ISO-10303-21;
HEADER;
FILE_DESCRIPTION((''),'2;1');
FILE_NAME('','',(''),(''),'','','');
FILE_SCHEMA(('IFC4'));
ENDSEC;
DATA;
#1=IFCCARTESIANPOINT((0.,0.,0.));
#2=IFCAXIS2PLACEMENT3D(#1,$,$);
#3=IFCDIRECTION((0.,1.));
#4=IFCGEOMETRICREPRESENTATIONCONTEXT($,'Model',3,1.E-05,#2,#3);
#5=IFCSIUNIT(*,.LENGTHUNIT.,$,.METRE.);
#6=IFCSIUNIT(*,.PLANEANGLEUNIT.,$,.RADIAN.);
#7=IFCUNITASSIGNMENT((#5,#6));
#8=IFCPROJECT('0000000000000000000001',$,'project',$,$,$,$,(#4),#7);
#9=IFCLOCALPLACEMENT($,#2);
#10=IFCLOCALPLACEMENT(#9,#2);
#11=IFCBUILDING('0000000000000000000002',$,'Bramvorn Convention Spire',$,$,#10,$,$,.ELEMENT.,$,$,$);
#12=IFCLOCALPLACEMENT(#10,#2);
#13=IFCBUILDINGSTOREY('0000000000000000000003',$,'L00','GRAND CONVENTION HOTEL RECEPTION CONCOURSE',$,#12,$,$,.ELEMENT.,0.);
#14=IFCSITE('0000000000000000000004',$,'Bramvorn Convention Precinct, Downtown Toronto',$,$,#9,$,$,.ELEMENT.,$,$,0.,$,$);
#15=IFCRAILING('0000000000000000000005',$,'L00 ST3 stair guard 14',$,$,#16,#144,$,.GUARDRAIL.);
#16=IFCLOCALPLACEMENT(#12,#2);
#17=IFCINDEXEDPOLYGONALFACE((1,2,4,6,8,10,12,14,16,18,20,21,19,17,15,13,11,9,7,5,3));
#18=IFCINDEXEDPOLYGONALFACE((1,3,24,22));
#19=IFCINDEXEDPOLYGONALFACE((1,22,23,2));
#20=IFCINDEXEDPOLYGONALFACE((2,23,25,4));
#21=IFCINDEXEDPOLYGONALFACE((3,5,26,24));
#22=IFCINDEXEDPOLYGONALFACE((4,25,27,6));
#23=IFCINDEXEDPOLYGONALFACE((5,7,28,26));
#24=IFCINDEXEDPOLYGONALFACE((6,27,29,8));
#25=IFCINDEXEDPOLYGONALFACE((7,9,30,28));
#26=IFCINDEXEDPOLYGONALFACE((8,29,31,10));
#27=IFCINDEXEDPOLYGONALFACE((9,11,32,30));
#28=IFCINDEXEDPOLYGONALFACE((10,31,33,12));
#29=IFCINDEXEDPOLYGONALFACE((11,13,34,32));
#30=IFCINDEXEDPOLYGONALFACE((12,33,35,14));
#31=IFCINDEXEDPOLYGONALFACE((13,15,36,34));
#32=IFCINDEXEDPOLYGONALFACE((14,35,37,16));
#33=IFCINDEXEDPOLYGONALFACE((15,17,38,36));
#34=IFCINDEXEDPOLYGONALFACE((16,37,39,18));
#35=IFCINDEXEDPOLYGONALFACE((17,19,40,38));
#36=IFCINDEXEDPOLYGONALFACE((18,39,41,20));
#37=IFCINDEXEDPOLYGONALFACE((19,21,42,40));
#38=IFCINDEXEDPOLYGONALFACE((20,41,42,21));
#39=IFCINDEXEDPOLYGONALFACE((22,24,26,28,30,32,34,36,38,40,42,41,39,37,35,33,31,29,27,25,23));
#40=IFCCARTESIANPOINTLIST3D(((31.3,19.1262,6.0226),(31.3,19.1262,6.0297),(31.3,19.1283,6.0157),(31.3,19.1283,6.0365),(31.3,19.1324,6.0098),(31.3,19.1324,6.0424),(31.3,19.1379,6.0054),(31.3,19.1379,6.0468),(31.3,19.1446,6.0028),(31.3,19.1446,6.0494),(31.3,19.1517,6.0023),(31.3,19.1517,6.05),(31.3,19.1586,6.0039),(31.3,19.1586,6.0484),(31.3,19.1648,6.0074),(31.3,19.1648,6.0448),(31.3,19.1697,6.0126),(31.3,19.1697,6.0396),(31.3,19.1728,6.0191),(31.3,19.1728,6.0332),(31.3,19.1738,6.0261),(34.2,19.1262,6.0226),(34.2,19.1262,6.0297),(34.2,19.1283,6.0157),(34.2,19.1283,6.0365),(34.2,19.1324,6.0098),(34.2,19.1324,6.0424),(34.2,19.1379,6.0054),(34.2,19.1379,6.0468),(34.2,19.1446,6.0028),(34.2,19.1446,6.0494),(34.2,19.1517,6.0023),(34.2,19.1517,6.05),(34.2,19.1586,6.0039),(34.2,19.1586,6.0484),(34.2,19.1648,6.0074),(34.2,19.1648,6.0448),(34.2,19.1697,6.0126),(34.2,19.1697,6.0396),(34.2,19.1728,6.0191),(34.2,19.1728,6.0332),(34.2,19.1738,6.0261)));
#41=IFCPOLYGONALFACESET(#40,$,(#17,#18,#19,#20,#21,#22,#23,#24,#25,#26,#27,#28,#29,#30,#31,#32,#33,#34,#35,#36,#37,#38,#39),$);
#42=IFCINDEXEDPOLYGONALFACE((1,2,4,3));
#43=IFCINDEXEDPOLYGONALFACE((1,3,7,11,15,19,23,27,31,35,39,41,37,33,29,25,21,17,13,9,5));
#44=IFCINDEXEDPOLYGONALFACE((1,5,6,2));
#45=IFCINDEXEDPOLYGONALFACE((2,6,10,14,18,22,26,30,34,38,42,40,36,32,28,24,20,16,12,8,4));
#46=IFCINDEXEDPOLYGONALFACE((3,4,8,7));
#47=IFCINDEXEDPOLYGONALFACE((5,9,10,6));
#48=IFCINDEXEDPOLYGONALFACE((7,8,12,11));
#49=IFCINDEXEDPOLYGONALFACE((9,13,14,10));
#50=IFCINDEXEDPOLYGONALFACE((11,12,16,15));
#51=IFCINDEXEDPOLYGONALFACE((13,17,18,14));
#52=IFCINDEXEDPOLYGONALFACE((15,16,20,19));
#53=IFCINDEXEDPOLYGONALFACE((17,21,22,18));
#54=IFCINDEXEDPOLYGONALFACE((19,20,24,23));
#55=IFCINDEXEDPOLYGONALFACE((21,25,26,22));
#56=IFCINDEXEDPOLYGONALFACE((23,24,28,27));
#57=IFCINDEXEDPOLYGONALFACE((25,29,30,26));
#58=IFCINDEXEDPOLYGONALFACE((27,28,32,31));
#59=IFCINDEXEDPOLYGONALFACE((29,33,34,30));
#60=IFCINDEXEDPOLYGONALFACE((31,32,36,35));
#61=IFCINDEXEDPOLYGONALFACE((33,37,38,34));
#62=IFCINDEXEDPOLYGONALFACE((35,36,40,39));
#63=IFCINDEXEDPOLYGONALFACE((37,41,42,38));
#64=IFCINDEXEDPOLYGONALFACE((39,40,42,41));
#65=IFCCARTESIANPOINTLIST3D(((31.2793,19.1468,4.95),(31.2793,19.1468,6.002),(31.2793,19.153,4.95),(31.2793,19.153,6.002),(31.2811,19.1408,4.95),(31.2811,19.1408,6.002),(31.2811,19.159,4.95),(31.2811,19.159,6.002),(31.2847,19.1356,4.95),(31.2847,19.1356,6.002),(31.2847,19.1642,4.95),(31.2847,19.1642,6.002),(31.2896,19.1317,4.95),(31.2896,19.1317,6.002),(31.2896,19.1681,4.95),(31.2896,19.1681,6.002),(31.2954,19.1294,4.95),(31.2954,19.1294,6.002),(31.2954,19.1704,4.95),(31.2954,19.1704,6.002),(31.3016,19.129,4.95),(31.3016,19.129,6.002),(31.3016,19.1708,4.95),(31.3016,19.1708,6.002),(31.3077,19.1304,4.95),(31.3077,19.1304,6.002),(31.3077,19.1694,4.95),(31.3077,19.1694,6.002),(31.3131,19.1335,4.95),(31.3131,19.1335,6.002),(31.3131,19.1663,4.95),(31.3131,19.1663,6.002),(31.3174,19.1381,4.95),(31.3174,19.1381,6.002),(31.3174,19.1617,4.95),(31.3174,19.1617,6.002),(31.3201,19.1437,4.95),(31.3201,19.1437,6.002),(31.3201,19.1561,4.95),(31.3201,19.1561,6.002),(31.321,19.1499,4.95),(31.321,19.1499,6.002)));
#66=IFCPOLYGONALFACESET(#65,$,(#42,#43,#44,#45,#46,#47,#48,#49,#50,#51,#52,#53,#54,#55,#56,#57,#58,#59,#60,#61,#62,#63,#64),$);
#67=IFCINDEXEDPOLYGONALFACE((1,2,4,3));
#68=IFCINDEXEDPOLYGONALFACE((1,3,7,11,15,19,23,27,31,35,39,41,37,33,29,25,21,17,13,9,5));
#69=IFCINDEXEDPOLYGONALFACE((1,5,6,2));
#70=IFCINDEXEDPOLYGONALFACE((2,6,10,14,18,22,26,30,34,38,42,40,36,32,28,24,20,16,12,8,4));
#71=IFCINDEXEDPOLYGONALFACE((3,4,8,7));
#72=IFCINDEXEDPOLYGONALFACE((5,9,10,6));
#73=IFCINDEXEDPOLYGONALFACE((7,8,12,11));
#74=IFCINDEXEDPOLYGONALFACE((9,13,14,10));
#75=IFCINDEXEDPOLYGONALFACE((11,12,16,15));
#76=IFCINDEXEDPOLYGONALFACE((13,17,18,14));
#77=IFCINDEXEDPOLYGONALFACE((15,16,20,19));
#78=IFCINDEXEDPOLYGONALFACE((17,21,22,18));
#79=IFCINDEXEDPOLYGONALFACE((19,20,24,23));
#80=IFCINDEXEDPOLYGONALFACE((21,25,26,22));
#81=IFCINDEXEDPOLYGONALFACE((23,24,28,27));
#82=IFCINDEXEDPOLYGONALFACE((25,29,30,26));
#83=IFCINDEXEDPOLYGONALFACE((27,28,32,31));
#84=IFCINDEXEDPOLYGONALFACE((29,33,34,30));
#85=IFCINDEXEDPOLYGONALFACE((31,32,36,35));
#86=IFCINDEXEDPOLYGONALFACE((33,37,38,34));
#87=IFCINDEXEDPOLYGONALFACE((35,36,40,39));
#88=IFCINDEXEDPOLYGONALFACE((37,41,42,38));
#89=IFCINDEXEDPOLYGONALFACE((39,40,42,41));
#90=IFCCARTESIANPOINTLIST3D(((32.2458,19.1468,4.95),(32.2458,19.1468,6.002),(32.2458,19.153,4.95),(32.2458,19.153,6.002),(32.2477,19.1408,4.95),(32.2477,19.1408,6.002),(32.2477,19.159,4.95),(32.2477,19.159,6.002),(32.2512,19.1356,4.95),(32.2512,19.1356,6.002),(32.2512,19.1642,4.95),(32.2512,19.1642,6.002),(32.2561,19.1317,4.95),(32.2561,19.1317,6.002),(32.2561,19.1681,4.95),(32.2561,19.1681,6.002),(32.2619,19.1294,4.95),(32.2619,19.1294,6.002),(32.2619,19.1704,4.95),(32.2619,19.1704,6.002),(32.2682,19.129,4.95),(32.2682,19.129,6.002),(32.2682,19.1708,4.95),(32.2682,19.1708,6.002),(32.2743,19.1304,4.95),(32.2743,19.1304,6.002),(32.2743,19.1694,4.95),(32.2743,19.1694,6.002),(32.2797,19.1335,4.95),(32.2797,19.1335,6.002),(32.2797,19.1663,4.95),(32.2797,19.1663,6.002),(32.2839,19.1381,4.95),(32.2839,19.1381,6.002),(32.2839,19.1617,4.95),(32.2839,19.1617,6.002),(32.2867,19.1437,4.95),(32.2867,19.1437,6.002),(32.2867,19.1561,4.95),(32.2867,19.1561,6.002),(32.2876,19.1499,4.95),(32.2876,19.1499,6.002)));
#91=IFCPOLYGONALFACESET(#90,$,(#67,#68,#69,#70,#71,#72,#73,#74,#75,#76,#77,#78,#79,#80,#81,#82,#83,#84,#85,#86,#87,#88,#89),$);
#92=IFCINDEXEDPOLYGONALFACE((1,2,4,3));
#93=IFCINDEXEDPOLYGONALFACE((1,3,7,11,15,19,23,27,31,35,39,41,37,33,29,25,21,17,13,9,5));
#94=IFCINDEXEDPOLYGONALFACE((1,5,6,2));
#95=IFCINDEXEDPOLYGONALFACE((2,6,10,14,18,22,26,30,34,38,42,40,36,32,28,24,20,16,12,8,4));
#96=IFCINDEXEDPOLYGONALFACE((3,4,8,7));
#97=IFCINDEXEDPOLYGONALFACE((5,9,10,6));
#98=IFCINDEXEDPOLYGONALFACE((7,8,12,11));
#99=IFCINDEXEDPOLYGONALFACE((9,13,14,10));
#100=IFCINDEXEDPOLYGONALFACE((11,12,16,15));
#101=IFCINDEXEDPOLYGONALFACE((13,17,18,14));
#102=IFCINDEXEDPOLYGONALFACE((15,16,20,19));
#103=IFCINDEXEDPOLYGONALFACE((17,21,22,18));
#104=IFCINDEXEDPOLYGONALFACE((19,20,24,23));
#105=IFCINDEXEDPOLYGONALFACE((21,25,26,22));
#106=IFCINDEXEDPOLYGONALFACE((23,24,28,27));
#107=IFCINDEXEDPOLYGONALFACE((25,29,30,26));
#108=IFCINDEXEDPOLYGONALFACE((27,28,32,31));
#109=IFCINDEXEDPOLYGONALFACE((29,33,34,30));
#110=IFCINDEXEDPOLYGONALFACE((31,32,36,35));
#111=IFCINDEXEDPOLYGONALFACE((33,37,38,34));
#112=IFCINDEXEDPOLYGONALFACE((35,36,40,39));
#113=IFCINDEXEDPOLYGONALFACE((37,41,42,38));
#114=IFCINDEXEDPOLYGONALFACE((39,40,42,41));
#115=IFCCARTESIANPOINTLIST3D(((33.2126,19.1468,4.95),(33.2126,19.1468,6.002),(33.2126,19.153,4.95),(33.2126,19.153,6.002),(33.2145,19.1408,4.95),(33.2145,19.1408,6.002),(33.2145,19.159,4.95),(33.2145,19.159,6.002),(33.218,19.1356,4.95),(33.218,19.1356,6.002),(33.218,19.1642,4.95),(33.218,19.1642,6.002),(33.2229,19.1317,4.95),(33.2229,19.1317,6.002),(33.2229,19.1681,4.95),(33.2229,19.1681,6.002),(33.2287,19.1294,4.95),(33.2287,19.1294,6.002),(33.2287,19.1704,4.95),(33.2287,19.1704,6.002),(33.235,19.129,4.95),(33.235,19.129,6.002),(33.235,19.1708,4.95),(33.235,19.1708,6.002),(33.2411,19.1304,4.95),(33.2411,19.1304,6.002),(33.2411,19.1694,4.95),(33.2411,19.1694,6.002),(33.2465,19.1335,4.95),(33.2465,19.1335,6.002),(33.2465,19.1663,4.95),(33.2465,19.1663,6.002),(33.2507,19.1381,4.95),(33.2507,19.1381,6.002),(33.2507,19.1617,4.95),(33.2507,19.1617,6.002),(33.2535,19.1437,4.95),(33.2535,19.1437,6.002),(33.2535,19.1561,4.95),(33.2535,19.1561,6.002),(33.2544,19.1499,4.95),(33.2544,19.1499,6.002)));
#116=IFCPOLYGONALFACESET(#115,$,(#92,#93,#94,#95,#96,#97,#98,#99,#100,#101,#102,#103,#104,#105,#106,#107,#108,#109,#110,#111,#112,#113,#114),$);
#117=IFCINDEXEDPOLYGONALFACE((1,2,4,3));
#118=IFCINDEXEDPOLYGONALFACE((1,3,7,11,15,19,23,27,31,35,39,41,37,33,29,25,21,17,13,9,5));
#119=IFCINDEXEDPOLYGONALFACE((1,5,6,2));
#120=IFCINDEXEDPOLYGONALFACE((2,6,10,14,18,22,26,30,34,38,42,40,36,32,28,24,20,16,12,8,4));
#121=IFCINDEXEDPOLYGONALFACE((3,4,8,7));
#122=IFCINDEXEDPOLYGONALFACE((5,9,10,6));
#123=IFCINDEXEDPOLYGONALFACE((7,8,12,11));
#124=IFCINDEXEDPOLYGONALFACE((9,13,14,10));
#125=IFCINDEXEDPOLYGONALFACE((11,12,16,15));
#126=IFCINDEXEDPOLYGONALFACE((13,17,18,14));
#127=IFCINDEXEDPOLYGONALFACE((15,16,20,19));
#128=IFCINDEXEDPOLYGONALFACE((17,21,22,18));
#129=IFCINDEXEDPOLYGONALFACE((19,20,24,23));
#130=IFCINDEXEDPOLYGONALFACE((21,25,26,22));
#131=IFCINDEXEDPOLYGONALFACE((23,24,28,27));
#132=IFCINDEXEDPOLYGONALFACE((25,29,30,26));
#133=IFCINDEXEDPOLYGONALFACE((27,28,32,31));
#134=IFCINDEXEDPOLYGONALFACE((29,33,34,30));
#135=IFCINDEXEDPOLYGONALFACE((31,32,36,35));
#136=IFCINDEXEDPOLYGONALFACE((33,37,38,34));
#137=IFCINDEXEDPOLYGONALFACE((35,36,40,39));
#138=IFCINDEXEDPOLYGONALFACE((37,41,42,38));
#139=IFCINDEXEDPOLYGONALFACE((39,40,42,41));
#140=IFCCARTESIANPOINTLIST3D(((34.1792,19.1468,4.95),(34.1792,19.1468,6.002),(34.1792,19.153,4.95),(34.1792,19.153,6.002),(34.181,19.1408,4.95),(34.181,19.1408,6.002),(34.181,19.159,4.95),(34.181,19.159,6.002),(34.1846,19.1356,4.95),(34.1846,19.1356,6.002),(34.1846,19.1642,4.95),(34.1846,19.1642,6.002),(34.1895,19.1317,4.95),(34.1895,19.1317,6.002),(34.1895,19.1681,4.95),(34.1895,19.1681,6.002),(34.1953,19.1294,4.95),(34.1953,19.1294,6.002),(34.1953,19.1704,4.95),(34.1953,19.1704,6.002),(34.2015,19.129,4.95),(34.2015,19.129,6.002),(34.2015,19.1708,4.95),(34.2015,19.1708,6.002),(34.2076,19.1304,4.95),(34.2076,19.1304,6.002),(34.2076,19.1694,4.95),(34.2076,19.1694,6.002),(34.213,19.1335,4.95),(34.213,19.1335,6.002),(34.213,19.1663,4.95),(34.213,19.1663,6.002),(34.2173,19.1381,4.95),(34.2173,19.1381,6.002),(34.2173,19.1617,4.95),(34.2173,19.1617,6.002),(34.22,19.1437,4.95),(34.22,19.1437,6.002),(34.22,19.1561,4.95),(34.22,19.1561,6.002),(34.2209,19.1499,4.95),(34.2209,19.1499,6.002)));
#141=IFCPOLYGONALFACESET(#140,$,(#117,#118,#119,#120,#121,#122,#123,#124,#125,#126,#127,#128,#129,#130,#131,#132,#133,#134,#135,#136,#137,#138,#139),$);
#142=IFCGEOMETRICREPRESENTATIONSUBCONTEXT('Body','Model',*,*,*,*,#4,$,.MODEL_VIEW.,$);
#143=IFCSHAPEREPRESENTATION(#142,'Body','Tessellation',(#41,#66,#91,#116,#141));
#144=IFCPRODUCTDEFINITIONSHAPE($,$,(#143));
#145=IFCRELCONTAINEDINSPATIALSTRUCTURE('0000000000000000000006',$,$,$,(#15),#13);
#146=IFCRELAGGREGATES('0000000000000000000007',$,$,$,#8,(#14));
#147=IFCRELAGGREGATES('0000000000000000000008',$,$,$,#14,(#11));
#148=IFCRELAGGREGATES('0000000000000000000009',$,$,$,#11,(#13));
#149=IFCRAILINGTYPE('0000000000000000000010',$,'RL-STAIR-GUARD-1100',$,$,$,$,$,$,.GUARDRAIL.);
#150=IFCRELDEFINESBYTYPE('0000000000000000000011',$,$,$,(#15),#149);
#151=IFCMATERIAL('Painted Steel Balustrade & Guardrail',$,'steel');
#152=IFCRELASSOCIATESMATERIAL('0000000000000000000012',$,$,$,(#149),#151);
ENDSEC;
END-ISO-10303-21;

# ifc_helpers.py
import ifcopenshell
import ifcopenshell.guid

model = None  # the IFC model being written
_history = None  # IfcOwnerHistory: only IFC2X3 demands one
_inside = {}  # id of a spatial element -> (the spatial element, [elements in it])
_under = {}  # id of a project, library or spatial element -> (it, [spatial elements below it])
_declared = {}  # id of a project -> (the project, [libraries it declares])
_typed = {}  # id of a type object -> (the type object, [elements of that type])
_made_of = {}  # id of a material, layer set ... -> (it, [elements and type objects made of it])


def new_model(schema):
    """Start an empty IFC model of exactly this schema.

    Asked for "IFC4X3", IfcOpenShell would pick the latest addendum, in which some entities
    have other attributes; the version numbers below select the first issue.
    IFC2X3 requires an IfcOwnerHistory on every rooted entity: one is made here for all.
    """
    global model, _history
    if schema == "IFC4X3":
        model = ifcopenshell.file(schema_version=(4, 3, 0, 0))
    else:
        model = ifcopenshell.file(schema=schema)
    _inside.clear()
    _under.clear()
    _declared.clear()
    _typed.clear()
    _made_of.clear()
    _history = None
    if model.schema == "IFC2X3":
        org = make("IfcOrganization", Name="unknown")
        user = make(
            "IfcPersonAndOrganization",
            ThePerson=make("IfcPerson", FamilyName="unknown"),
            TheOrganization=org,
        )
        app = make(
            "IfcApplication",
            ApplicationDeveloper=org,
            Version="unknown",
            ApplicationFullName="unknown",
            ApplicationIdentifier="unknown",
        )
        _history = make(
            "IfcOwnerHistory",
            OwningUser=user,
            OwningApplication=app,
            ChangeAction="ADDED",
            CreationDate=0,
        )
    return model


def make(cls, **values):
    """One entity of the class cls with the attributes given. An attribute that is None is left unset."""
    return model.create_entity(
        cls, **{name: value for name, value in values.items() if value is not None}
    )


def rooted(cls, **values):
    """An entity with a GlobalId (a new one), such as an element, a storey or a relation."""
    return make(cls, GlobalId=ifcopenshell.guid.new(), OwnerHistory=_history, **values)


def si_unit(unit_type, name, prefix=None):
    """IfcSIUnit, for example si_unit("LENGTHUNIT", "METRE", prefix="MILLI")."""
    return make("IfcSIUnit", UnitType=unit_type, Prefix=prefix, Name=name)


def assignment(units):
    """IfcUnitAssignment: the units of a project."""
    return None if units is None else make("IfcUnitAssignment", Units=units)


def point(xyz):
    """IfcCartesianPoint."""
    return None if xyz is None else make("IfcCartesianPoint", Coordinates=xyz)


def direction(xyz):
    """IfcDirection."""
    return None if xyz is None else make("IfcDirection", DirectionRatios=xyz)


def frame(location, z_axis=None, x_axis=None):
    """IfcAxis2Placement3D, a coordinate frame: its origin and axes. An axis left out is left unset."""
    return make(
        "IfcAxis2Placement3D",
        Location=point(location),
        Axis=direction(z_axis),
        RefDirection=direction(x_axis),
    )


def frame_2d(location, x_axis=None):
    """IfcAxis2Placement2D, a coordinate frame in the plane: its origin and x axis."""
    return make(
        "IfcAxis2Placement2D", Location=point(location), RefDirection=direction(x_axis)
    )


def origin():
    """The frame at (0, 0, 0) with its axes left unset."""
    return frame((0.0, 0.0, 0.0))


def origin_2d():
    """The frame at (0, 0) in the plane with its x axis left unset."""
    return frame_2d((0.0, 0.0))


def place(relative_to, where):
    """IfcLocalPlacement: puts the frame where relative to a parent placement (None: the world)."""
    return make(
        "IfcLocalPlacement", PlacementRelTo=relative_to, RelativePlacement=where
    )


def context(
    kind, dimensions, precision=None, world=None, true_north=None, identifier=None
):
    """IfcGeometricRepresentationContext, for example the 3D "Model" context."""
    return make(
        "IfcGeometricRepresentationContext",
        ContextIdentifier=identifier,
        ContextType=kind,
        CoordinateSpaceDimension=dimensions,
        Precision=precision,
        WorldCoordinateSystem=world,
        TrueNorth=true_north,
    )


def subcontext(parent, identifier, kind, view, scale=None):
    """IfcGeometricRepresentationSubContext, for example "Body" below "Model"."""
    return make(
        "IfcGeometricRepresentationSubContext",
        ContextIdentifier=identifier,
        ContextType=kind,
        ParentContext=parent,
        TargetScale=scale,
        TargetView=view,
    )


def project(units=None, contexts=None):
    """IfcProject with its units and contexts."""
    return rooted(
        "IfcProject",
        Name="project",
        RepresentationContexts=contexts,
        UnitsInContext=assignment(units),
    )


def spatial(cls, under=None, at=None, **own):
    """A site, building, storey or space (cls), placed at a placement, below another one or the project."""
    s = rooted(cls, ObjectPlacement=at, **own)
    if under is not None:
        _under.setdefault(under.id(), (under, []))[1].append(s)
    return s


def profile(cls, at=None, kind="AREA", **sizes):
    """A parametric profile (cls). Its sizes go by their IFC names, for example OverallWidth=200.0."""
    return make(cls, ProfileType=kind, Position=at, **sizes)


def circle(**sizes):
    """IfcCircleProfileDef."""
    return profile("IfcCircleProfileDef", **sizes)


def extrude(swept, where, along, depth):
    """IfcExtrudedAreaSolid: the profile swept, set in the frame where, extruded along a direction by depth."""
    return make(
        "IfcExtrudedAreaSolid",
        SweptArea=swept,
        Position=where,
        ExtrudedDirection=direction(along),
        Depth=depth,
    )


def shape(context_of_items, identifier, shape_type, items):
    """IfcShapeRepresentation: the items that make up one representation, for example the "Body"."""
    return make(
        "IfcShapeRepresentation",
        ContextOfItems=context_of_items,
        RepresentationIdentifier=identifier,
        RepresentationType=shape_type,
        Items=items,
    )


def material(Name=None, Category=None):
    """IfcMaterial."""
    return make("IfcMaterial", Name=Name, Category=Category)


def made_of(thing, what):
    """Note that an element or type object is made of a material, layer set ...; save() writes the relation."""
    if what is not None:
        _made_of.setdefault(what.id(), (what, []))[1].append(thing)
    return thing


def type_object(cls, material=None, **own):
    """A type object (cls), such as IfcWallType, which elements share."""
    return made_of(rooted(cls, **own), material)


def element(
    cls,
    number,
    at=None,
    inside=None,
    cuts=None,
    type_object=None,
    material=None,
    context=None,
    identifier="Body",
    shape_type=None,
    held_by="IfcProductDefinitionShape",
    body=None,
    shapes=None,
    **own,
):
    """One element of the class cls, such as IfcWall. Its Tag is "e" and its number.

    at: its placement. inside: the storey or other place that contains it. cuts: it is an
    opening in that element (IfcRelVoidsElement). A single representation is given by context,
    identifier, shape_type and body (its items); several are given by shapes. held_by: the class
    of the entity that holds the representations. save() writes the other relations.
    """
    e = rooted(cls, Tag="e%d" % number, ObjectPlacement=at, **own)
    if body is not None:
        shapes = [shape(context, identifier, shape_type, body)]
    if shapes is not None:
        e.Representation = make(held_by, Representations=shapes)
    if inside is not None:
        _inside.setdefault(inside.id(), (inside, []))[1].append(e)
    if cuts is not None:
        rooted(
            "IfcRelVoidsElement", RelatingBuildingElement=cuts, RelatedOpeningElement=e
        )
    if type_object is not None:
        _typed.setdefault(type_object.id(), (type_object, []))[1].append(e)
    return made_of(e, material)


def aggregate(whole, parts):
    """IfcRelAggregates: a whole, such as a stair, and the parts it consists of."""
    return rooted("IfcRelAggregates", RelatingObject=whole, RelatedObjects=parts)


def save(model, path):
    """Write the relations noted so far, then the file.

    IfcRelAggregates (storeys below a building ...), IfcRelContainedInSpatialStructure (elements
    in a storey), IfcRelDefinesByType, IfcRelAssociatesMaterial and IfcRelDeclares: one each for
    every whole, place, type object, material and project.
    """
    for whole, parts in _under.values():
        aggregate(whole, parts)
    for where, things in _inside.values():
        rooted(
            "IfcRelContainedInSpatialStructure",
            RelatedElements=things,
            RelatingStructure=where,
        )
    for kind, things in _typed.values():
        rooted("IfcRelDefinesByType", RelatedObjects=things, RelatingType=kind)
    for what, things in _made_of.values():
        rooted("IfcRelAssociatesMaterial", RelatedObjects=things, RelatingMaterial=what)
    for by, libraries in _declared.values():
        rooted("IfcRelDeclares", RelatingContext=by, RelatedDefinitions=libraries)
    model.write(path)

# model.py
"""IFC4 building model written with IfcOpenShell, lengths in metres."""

from ifc_helpers import new_model, si_unit, direction, frame, origin, origin_2d, place, context, subcontext, project, spatial, circle, extrude, material, type_object, element, save


model = new_model("IFC4")

# Units and contexts
model_context = context("Model", 3, precision=1e-05, world=origin(), true_north=direction((0.0, 1.0)))
body_context = subcontext(model_context, "Body", "Model", "MODEL_VIEW")
ifc_project = project(units=[si_unit("LENGTHUNIT", "METRE"), si_unit("PLANEANGLEUNIT", "RADIAN")], contexts=[model_context])

# Site, building, storey
site_placement = place(None, origin())
site = spatial("IfcSite", under=ifc_project, at=site_placement, Name="Bramvorn Convention Precinct, Downtown Toronto", CompositionType="ELEMENT", RefElevation=0.0)
building_placement = place(site_placement, origin())
building = spatial("IfcBuilding", under=site, at=building_placement, Name="Bramvorn Convention Spire", CompositionType="ELEMENT")
storey_placement = place(building_placement, origin())
storey = spatial("IfcBuildingStorey", under=building, at=storey_placement, Name="L00", Description="GRAND CONVENTION HOTEL RECEPTION CONCOURSE", CompositionType="ELEMENT", Elevation=0.0)

# Railing
ifc_material_1 = material(Name="Painted Steel Balustrade & Guardrail", Category="steel")
railing_type = type_object("IfcRailingType", Name="RL-STAIR-GUARD-1100", PredefinedType="GUARDRAIL", material=ifc_material_1)
for number, where, name in (
    (1, (31.3, 19.1499, 4.95), "L00 ST3 stair guard 14"),
):
    element("IfcRailing", number, at=place(storey_placement, frame(where)), inside=storey, type_object=railing_type, Name=name, PredefinedType="GUARDRAIL", context=body_context, shape_type="SweptSolid", body=[
        extrude(circle(Radius=0.0239, at=origin_2d()), frame((0.0, 0.0, 1.0762), z_axis=(1.0, 0.0, 0.0), x_axis=(0.0, 1.0, 0.0)), (0.0, 0.0, 1.0), 2.8999),
        extrude(circle(Radius=0.021, at=origin_2d()), origin(), (0.0, 0.0, 1.0), 1.052),
        extrude(circle(Radius=0.021, at=origin_2d()), frame((0.9666, 0.0, 0.0)), (0.0, 0.0, 1.0), 1.052),
        extrude(circle(Radius=0.021, at=origin_2d()), frame((1.9333, 0.0, 0.0)), (0.0, 0.0, 1.0), 1.052),
        extrude(circle(Radius=0.021, at=origin_2d()), frame((2.8999, 0.0, 0.0)), (0.0, 0.0, 1.0), 1.052),
    ])

save(model, "model.ifc")
